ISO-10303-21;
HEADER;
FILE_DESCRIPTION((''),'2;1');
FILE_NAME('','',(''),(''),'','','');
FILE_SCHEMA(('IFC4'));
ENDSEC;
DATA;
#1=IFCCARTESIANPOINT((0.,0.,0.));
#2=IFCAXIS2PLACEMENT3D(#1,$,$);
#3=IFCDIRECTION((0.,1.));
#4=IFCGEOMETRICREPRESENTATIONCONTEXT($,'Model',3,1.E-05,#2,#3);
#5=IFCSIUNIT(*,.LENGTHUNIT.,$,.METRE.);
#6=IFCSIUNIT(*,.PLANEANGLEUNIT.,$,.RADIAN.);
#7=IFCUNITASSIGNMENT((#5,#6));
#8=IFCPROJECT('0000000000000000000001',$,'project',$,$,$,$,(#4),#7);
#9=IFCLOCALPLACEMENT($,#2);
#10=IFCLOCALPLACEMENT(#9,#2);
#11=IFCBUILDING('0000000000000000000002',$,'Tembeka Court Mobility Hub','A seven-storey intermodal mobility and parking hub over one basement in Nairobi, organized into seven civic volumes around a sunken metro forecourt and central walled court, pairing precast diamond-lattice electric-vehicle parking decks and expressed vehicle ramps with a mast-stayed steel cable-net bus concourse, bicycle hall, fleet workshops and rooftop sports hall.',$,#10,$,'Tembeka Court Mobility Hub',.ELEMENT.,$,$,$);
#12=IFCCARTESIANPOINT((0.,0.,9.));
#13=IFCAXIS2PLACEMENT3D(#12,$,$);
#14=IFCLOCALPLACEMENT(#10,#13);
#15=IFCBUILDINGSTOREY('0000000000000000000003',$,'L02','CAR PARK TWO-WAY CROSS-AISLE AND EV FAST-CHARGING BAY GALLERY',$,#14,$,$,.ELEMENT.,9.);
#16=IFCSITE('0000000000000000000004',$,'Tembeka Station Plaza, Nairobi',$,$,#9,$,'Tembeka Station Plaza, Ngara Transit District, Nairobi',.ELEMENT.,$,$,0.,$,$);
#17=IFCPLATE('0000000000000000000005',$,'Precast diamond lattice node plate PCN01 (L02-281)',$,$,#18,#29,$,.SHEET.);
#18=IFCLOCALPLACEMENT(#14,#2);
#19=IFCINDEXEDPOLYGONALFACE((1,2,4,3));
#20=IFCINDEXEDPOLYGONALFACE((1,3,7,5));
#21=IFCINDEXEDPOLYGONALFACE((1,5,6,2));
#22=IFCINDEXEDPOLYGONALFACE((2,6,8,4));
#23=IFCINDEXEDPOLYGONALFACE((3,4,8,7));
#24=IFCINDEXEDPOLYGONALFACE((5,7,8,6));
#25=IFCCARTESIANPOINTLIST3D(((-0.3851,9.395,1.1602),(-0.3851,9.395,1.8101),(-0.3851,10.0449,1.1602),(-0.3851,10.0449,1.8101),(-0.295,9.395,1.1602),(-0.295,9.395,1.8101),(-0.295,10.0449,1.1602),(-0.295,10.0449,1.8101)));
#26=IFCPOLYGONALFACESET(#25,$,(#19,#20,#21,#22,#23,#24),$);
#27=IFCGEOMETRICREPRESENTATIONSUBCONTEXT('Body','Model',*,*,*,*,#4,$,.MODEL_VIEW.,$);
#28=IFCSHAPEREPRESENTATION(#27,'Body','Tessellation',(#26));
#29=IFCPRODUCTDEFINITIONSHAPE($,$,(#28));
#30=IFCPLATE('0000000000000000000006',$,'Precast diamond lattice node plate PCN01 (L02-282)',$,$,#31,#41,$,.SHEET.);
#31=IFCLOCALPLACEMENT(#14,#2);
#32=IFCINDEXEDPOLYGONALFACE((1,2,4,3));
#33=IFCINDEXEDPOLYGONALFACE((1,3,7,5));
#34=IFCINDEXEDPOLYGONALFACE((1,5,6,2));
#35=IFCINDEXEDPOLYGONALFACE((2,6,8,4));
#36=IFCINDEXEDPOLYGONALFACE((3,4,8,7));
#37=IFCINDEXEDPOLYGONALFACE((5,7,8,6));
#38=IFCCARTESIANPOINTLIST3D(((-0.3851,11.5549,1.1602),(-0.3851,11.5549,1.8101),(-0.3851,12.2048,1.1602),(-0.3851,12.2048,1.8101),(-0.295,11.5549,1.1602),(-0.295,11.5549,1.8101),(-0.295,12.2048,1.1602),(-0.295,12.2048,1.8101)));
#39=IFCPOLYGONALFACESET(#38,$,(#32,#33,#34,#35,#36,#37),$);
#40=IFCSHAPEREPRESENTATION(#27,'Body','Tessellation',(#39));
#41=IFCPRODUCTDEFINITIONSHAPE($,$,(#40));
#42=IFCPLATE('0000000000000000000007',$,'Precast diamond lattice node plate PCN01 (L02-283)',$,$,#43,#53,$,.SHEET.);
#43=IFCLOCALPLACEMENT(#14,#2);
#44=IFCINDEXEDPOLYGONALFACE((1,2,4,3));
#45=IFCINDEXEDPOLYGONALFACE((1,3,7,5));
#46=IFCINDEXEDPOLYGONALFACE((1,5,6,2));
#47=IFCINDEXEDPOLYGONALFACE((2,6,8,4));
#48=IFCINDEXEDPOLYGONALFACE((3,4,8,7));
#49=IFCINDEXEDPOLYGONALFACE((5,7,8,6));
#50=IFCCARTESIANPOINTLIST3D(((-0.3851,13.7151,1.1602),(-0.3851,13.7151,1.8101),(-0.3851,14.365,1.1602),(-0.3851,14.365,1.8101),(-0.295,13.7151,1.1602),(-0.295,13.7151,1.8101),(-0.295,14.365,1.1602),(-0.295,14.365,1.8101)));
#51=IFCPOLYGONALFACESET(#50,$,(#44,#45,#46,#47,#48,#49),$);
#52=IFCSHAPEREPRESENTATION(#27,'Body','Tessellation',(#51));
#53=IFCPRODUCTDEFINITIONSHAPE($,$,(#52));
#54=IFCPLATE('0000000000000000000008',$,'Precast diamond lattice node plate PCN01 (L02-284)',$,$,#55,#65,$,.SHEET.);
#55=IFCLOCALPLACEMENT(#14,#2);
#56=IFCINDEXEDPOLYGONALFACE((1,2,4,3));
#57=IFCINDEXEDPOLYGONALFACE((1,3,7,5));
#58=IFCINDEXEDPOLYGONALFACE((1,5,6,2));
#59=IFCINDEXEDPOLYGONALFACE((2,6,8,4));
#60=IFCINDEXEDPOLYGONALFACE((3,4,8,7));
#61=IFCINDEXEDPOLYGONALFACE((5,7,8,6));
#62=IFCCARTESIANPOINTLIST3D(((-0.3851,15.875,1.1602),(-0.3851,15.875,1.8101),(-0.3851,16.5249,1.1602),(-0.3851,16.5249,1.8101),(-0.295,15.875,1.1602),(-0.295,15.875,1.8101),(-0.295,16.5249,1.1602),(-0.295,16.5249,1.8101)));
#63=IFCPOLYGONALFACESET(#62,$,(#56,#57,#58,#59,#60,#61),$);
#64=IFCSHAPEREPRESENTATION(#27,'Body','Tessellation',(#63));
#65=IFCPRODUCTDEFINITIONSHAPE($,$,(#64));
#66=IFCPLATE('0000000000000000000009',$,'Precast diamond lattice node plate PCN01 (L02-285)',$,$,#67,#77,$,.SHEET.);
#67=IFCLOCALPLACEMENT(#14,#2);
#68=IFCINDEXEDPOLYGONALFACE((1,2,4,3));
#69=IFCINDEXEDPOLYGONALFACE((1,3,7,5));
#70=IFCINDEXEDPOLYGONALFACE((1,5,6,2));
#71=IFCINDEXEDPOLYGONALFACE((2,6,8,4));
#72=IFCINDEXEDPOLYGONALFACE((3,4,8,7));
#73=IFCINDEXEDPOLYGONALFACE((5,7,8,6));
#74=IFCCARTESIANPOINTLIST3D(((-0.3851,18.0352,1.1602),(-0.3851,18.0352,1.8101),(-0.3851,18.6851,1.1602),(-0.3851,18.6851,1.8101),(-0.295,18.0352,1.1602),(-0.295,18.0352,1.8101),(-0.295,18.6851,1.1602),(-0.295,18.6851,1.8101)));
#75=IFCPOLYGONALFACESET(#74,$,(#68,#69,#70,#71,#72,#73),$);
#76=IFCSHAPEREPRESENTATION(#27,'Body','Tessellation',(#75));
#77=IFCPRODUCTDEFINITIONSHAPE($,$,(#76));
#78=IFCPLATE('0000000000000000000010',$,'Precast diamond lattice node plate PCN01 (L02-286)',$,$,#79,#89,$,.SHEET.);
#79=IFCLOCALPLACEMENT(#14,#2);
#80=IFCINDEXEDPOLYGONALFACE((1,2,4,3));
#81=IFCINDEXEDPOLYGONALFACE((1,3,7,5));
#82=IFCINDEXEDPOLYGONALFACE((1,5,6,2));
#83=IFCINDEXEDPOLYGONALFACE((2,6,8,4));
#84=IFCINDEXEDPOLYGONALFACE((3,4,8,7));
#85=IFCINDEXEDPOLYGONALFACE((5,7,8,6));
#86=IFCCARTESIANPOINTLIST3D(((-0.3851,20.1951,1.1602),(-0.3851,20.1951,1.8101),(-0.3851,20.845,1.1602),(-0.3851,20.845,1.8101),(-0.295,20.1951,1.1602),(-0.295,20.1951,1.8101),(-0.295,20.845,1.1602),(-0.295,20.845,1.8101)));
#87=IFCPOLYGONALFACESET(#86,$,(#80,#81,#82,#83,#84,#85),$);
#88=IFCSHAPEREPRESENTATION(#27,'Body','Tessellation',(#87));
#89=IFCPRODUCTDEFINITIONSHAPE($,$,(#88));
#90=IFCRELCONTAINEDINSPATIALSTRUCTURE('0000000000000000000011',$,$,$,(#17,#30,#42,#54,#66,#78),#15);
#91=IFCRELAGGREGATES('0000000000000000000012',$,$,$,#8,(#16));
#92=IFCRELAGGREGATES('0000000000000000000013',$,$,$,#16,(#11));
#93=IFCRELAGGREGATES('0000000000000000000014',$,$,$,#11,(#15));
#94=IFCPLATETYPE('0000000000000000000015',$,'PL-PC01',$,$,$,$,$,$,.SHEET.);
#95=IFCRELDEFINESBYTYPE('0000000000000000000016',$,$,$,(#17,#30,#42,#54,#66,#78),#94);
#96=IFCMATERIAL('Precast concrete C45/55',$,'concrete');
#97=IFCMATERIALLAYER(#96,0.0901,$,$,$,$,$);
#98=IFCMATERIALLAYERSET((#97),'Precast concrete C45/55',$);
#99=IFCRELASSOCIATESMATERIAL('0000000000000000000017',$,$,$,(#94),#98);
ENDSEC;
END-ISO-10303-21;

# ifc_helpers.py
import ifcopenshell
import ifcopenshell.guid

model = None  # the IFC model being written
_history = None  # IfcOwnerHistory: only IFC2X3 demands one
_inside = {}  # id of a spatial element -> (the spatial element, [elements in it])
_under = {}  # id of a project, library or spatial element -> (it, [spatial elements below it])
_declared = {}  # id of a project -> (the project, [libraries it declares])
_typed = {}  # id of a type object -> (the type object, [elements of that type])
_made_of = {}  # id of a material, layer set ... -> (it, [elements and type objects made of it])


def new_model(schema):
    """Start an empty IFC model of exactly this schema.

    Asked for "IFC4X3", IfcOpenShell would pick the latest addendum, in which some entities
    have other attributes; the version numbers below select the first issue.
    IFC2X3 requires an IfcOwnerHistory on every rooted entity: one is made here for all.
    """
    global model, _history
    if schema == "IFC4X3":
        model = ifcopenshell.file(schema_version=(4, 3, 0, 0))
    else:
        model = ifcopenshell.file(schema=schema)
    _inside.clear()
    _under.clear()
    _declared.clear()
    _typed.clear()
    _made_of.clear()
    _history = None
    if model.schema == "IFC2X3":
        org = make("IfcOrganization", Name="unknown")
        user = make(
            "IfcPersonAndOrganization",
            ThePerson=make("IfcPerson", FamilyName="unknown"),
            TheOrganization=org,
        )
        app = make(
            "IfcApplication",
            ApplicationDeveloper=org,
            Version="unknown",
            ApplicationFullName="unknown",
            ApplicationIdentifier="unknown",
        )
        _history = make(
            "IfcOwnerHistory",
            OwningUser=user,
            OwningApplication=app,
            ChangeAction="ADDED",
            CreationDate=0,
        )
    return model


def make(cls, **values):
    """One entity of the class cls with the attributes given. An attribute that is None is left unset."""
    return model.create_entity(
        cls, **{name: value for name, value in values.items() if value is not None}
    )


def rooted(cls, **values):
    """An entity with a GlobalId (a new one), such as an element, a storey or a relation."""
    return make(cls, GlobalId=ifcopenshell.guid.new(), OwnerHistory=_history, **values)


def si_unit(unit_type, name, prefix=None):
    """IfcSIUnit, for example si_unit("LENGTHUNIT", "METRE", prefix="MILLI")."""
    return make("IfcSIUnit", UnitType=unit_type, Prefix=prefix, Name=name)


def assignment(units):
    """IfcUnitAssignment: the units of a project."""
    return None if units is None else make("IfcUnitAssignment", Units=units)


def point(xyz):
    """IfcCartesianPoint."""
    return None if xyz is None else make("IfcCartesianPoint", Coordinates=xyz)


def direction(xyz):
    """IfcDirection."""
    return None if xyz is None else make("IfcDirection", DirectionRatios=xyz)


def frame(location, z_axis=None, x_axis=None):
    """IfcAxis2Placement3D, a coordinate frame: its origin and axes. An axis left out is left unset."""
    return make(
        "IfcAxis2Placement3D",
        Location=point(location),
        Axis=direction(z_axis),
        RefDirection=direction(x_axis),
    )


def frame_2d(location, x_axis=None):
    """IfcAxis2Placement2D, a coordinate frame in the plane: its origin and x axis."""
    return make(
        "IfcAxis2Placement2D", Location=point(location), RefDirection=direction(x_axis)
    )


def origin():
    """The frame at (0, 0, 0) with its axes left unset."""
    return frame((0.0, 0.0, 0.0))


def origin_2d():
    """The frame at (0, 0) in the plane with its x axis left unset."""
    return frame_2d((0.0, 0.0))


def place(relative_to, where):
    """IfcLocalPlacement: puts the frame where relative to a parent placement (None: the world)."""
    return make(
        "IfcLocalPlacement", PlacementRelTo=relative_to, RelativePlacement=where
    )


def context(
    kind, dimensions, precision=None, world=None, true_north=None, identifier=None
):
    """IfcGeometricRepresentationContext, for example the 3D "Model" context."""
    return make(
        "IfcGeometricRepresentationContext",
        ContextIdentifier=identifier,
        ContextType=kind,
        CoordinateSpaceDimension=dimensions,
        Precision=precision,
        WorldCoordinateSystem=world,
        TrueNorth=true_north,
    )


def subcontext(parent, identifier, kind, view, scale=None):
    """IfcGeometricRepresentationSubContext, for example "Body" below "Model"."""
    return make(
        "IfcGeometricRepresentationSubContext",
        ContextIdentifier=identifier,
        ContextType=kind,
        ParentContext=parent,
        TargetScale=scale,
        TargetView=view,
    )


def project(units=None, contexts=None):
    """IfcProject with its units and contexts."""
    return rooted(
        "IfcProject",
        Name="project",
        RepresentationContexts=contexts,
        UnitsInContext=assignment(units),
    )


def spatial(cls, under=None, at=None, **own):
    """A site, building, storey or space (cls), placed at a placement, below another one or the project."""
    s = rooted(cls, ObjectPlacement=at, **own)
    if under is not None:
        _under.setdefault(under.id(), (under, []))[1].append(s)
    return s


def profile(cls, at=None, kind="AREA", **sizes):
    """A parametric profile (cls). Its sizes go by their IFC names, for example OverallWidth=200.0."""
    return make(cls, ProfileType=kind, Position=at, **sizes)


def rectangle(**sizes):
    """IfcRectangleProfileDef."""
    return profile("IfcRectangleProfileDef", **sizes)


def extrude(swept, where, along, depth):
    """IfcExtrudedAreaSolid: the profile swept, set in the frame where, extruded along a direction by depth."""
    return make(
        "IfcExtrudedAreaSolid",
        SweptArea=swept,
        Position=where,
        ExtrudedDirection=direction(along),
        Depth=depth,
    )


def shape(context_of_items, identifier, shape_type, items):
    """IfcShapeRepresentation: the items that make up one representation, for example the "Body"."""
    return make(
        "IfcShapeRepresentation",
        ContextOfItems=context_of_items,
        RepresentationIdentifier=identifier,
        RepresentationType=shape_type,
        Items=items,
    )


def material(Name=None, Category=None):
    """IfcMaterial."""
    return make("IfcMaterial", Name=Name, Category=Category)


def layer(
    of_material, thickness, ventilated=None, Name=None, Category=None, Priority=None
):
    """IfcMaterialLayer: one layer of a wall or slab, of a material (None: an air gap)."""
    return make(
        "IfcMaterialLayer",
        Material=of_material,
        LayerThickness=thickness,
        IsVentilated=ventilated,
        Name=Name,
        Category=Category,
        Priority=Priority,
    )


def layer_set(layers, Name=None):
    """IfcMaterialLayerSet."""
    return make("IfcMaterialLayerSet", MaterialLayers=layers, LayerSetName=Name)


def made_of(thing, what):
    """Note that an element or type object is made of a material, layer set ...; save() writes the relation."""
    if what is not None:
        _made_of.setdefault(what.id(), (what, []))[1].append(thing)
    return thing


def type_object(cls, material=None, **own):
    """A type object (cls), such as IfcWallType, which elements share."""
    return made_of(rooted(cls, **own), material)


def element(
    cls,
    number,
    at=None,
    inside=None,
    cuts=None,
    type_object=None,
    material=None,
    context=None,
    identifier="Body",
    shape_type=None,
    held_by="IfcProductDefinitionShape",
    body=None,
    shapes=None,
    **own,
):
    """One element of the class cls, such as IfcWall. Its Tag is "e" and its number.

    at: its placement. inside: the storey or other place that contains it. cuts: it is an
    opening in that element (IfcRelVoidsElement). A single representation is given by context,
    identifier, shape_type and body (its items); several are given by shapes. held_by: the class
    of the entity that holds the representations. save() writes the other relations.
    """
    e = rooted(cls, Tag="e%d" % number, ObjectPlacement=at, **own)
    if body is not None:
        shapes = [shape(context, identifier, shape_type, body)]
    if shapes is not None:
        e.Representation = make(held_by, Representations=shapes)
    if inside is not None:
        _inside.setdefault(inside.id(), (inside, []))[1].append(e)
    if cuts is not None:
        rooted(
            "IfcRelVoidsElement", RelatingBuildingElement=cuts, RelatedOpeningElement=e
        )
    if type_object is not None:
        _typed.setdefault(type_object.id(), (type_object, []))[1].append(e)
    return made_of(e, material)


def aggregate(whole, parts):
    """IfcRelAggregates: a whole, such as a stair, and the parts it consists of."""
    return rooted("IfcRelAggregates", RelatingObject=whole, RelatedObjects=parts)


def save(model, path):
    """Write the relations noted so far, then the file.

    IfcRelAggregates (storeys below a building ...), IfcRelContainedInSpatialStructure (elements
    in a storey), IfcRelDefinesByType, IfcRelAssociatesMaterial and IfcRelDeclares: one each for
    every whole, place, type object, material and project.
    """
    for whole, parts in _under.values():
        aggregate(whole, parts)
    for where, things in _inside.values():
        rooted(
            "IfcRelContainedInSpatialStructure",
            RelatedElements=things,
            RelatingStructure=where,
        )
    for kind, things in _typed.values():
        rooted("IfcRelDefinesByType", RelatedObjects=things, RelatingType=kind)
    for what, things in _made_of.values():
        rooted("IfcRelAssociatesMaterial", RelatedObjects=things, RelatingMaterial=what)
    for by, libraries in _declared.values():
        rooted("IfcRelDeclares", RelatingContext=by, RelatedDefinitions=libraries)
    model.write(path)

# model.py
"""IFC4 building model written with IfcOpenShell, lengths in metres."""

from ifc_helpers import new_model, si_unit, direction, frame, origin, origin_2d, place, context, subcontext, project, spatial, rectangle, extrude, material, layer, layer_set, type_object, element, save


model = new_model("IFC4")

# Units and contexts
model_context = context("Model", 3, precision=1e-05, world=origin(), true_north=direction((0.0, 1.0)))
body_context = subcontext(model_context, "Body", "Model", "MODEL_VIEW")
ifc_project = project(units=[si_unit("LENGTHUNIT", "METRE"), si_unit("PLANEANGLEUNIT", "RADIAN")], contexts=[model_context])

# Site, building, storey
site_placement = place(None, origin())
site = spatial("IfcSite", under=ifc_project, at=site_placement, Name="Tembeka Station Plaza, Nairobi", LongName="Tembeka Station Plaza, Ngara Transit District, Nairobi", CompositionType="ELEMENT", RefElevation=0.0)
building_placement = place(site_placement, origin())
building = spatial("IfcBuilding", under=site, at=building_placement, Name="Tembeka Court Mobility Hub", Description="A seven-storey intermodal mobility and parking hub over one basement in Nairobi, organized into seven civic volumes around a sunken metro forecourt and central walled court, pairing precast diamond-lattice electric-vehicle parking decks and expressed vehicle ramps with a mast-stayed steel cable-net bus concourse, bicycle hall, fleet workshops and rooftop sports hall.", LongName="Tembeka Court Mobility Hub", CompositionType="ELEMENT")
storey_placement = place(building_placement, frame((0.0, 0.0, 9.0)))
storey = spatial("IfcBuildingStorey", under=building, at=storey_placement, Name="L02", Description="CAR PARK TWO-WAY CROSS-AISLE AND EV FAST-CHARGING BAY GALLERY", CompositionType="ELEMENT", Elevation=9.0)

# Shared definitions
ifc_material_1 = material(Name="Precast concrete C45/55", Category="concrete")

# Plates
ifc_layer = layer(ifc_material_1, 0.0901)
ifc_layer_set = layer_set([ifc_layer], Name="Precast concrete C45/55")
plate_type = type_object("IfcPlateType", Name="PL-PC01", PredefinedType="SHEET", material=ifc_layer_set)
for number, where, z_axis, x_axis, name in (
    (1, (-0.3401, 9.72, 1.1602), (0.0, 0.0, 1.0), (1.0, 0.0, 0.0), "Precast diamond lattice node plate PCN01 (L02-281)"),
    (2, (-0.3401, 11.8799, 1.1602), (0.0, 0.0, 1.0), (1.0, 0.0, 0.0), "Precast diamond lattice node plate PCN01 (L02-282)"),
    (3, (-0.3401, 14.04, 1.1602), (0.0, 0.0, 1.0), (1.0, 0.0, 0.0), "Precast diamond lattice node plate PCN01 (L02-283)"),
    (4, (-0.3401, 16.2, 1.1602), (0.0, 0.0, 1.0), (1.0, 0.0, 0.0), "Precast diamond lattice node plate PCN01 (L02-284)"),
    (5, (-0.3401, 18.3601, 1.1602), (0.0, 0.0, 1.0), (1.0, 0.0, 0.0), "Precast diamond lattice node plate PCN01 (L02-285)"),
    (6, (-0.3401, 20.52, 1.1602), (0.0, 0.0, 1.0), (1.0, 0.0, 0.0), "Precast diamond lattice node plate PCN01 (L02-286)"),
):
    element("IfcPlate", number, at=place(storey_placement, frame(where, z_axis=z_axis, x_axis=x_axis)), inside=storey, type_object=plate_type, Name=name, PredefinedType="SHEET", context=body_context, shape_type="SweptSolid", body=[
        extrude(rectangle(XDim=0.0901, YDim=0.6499, at=origin_2d()), origin(), (0.0, 0.0, 1.0), 0.6499),
    ])

save(model, "model.ifc")
